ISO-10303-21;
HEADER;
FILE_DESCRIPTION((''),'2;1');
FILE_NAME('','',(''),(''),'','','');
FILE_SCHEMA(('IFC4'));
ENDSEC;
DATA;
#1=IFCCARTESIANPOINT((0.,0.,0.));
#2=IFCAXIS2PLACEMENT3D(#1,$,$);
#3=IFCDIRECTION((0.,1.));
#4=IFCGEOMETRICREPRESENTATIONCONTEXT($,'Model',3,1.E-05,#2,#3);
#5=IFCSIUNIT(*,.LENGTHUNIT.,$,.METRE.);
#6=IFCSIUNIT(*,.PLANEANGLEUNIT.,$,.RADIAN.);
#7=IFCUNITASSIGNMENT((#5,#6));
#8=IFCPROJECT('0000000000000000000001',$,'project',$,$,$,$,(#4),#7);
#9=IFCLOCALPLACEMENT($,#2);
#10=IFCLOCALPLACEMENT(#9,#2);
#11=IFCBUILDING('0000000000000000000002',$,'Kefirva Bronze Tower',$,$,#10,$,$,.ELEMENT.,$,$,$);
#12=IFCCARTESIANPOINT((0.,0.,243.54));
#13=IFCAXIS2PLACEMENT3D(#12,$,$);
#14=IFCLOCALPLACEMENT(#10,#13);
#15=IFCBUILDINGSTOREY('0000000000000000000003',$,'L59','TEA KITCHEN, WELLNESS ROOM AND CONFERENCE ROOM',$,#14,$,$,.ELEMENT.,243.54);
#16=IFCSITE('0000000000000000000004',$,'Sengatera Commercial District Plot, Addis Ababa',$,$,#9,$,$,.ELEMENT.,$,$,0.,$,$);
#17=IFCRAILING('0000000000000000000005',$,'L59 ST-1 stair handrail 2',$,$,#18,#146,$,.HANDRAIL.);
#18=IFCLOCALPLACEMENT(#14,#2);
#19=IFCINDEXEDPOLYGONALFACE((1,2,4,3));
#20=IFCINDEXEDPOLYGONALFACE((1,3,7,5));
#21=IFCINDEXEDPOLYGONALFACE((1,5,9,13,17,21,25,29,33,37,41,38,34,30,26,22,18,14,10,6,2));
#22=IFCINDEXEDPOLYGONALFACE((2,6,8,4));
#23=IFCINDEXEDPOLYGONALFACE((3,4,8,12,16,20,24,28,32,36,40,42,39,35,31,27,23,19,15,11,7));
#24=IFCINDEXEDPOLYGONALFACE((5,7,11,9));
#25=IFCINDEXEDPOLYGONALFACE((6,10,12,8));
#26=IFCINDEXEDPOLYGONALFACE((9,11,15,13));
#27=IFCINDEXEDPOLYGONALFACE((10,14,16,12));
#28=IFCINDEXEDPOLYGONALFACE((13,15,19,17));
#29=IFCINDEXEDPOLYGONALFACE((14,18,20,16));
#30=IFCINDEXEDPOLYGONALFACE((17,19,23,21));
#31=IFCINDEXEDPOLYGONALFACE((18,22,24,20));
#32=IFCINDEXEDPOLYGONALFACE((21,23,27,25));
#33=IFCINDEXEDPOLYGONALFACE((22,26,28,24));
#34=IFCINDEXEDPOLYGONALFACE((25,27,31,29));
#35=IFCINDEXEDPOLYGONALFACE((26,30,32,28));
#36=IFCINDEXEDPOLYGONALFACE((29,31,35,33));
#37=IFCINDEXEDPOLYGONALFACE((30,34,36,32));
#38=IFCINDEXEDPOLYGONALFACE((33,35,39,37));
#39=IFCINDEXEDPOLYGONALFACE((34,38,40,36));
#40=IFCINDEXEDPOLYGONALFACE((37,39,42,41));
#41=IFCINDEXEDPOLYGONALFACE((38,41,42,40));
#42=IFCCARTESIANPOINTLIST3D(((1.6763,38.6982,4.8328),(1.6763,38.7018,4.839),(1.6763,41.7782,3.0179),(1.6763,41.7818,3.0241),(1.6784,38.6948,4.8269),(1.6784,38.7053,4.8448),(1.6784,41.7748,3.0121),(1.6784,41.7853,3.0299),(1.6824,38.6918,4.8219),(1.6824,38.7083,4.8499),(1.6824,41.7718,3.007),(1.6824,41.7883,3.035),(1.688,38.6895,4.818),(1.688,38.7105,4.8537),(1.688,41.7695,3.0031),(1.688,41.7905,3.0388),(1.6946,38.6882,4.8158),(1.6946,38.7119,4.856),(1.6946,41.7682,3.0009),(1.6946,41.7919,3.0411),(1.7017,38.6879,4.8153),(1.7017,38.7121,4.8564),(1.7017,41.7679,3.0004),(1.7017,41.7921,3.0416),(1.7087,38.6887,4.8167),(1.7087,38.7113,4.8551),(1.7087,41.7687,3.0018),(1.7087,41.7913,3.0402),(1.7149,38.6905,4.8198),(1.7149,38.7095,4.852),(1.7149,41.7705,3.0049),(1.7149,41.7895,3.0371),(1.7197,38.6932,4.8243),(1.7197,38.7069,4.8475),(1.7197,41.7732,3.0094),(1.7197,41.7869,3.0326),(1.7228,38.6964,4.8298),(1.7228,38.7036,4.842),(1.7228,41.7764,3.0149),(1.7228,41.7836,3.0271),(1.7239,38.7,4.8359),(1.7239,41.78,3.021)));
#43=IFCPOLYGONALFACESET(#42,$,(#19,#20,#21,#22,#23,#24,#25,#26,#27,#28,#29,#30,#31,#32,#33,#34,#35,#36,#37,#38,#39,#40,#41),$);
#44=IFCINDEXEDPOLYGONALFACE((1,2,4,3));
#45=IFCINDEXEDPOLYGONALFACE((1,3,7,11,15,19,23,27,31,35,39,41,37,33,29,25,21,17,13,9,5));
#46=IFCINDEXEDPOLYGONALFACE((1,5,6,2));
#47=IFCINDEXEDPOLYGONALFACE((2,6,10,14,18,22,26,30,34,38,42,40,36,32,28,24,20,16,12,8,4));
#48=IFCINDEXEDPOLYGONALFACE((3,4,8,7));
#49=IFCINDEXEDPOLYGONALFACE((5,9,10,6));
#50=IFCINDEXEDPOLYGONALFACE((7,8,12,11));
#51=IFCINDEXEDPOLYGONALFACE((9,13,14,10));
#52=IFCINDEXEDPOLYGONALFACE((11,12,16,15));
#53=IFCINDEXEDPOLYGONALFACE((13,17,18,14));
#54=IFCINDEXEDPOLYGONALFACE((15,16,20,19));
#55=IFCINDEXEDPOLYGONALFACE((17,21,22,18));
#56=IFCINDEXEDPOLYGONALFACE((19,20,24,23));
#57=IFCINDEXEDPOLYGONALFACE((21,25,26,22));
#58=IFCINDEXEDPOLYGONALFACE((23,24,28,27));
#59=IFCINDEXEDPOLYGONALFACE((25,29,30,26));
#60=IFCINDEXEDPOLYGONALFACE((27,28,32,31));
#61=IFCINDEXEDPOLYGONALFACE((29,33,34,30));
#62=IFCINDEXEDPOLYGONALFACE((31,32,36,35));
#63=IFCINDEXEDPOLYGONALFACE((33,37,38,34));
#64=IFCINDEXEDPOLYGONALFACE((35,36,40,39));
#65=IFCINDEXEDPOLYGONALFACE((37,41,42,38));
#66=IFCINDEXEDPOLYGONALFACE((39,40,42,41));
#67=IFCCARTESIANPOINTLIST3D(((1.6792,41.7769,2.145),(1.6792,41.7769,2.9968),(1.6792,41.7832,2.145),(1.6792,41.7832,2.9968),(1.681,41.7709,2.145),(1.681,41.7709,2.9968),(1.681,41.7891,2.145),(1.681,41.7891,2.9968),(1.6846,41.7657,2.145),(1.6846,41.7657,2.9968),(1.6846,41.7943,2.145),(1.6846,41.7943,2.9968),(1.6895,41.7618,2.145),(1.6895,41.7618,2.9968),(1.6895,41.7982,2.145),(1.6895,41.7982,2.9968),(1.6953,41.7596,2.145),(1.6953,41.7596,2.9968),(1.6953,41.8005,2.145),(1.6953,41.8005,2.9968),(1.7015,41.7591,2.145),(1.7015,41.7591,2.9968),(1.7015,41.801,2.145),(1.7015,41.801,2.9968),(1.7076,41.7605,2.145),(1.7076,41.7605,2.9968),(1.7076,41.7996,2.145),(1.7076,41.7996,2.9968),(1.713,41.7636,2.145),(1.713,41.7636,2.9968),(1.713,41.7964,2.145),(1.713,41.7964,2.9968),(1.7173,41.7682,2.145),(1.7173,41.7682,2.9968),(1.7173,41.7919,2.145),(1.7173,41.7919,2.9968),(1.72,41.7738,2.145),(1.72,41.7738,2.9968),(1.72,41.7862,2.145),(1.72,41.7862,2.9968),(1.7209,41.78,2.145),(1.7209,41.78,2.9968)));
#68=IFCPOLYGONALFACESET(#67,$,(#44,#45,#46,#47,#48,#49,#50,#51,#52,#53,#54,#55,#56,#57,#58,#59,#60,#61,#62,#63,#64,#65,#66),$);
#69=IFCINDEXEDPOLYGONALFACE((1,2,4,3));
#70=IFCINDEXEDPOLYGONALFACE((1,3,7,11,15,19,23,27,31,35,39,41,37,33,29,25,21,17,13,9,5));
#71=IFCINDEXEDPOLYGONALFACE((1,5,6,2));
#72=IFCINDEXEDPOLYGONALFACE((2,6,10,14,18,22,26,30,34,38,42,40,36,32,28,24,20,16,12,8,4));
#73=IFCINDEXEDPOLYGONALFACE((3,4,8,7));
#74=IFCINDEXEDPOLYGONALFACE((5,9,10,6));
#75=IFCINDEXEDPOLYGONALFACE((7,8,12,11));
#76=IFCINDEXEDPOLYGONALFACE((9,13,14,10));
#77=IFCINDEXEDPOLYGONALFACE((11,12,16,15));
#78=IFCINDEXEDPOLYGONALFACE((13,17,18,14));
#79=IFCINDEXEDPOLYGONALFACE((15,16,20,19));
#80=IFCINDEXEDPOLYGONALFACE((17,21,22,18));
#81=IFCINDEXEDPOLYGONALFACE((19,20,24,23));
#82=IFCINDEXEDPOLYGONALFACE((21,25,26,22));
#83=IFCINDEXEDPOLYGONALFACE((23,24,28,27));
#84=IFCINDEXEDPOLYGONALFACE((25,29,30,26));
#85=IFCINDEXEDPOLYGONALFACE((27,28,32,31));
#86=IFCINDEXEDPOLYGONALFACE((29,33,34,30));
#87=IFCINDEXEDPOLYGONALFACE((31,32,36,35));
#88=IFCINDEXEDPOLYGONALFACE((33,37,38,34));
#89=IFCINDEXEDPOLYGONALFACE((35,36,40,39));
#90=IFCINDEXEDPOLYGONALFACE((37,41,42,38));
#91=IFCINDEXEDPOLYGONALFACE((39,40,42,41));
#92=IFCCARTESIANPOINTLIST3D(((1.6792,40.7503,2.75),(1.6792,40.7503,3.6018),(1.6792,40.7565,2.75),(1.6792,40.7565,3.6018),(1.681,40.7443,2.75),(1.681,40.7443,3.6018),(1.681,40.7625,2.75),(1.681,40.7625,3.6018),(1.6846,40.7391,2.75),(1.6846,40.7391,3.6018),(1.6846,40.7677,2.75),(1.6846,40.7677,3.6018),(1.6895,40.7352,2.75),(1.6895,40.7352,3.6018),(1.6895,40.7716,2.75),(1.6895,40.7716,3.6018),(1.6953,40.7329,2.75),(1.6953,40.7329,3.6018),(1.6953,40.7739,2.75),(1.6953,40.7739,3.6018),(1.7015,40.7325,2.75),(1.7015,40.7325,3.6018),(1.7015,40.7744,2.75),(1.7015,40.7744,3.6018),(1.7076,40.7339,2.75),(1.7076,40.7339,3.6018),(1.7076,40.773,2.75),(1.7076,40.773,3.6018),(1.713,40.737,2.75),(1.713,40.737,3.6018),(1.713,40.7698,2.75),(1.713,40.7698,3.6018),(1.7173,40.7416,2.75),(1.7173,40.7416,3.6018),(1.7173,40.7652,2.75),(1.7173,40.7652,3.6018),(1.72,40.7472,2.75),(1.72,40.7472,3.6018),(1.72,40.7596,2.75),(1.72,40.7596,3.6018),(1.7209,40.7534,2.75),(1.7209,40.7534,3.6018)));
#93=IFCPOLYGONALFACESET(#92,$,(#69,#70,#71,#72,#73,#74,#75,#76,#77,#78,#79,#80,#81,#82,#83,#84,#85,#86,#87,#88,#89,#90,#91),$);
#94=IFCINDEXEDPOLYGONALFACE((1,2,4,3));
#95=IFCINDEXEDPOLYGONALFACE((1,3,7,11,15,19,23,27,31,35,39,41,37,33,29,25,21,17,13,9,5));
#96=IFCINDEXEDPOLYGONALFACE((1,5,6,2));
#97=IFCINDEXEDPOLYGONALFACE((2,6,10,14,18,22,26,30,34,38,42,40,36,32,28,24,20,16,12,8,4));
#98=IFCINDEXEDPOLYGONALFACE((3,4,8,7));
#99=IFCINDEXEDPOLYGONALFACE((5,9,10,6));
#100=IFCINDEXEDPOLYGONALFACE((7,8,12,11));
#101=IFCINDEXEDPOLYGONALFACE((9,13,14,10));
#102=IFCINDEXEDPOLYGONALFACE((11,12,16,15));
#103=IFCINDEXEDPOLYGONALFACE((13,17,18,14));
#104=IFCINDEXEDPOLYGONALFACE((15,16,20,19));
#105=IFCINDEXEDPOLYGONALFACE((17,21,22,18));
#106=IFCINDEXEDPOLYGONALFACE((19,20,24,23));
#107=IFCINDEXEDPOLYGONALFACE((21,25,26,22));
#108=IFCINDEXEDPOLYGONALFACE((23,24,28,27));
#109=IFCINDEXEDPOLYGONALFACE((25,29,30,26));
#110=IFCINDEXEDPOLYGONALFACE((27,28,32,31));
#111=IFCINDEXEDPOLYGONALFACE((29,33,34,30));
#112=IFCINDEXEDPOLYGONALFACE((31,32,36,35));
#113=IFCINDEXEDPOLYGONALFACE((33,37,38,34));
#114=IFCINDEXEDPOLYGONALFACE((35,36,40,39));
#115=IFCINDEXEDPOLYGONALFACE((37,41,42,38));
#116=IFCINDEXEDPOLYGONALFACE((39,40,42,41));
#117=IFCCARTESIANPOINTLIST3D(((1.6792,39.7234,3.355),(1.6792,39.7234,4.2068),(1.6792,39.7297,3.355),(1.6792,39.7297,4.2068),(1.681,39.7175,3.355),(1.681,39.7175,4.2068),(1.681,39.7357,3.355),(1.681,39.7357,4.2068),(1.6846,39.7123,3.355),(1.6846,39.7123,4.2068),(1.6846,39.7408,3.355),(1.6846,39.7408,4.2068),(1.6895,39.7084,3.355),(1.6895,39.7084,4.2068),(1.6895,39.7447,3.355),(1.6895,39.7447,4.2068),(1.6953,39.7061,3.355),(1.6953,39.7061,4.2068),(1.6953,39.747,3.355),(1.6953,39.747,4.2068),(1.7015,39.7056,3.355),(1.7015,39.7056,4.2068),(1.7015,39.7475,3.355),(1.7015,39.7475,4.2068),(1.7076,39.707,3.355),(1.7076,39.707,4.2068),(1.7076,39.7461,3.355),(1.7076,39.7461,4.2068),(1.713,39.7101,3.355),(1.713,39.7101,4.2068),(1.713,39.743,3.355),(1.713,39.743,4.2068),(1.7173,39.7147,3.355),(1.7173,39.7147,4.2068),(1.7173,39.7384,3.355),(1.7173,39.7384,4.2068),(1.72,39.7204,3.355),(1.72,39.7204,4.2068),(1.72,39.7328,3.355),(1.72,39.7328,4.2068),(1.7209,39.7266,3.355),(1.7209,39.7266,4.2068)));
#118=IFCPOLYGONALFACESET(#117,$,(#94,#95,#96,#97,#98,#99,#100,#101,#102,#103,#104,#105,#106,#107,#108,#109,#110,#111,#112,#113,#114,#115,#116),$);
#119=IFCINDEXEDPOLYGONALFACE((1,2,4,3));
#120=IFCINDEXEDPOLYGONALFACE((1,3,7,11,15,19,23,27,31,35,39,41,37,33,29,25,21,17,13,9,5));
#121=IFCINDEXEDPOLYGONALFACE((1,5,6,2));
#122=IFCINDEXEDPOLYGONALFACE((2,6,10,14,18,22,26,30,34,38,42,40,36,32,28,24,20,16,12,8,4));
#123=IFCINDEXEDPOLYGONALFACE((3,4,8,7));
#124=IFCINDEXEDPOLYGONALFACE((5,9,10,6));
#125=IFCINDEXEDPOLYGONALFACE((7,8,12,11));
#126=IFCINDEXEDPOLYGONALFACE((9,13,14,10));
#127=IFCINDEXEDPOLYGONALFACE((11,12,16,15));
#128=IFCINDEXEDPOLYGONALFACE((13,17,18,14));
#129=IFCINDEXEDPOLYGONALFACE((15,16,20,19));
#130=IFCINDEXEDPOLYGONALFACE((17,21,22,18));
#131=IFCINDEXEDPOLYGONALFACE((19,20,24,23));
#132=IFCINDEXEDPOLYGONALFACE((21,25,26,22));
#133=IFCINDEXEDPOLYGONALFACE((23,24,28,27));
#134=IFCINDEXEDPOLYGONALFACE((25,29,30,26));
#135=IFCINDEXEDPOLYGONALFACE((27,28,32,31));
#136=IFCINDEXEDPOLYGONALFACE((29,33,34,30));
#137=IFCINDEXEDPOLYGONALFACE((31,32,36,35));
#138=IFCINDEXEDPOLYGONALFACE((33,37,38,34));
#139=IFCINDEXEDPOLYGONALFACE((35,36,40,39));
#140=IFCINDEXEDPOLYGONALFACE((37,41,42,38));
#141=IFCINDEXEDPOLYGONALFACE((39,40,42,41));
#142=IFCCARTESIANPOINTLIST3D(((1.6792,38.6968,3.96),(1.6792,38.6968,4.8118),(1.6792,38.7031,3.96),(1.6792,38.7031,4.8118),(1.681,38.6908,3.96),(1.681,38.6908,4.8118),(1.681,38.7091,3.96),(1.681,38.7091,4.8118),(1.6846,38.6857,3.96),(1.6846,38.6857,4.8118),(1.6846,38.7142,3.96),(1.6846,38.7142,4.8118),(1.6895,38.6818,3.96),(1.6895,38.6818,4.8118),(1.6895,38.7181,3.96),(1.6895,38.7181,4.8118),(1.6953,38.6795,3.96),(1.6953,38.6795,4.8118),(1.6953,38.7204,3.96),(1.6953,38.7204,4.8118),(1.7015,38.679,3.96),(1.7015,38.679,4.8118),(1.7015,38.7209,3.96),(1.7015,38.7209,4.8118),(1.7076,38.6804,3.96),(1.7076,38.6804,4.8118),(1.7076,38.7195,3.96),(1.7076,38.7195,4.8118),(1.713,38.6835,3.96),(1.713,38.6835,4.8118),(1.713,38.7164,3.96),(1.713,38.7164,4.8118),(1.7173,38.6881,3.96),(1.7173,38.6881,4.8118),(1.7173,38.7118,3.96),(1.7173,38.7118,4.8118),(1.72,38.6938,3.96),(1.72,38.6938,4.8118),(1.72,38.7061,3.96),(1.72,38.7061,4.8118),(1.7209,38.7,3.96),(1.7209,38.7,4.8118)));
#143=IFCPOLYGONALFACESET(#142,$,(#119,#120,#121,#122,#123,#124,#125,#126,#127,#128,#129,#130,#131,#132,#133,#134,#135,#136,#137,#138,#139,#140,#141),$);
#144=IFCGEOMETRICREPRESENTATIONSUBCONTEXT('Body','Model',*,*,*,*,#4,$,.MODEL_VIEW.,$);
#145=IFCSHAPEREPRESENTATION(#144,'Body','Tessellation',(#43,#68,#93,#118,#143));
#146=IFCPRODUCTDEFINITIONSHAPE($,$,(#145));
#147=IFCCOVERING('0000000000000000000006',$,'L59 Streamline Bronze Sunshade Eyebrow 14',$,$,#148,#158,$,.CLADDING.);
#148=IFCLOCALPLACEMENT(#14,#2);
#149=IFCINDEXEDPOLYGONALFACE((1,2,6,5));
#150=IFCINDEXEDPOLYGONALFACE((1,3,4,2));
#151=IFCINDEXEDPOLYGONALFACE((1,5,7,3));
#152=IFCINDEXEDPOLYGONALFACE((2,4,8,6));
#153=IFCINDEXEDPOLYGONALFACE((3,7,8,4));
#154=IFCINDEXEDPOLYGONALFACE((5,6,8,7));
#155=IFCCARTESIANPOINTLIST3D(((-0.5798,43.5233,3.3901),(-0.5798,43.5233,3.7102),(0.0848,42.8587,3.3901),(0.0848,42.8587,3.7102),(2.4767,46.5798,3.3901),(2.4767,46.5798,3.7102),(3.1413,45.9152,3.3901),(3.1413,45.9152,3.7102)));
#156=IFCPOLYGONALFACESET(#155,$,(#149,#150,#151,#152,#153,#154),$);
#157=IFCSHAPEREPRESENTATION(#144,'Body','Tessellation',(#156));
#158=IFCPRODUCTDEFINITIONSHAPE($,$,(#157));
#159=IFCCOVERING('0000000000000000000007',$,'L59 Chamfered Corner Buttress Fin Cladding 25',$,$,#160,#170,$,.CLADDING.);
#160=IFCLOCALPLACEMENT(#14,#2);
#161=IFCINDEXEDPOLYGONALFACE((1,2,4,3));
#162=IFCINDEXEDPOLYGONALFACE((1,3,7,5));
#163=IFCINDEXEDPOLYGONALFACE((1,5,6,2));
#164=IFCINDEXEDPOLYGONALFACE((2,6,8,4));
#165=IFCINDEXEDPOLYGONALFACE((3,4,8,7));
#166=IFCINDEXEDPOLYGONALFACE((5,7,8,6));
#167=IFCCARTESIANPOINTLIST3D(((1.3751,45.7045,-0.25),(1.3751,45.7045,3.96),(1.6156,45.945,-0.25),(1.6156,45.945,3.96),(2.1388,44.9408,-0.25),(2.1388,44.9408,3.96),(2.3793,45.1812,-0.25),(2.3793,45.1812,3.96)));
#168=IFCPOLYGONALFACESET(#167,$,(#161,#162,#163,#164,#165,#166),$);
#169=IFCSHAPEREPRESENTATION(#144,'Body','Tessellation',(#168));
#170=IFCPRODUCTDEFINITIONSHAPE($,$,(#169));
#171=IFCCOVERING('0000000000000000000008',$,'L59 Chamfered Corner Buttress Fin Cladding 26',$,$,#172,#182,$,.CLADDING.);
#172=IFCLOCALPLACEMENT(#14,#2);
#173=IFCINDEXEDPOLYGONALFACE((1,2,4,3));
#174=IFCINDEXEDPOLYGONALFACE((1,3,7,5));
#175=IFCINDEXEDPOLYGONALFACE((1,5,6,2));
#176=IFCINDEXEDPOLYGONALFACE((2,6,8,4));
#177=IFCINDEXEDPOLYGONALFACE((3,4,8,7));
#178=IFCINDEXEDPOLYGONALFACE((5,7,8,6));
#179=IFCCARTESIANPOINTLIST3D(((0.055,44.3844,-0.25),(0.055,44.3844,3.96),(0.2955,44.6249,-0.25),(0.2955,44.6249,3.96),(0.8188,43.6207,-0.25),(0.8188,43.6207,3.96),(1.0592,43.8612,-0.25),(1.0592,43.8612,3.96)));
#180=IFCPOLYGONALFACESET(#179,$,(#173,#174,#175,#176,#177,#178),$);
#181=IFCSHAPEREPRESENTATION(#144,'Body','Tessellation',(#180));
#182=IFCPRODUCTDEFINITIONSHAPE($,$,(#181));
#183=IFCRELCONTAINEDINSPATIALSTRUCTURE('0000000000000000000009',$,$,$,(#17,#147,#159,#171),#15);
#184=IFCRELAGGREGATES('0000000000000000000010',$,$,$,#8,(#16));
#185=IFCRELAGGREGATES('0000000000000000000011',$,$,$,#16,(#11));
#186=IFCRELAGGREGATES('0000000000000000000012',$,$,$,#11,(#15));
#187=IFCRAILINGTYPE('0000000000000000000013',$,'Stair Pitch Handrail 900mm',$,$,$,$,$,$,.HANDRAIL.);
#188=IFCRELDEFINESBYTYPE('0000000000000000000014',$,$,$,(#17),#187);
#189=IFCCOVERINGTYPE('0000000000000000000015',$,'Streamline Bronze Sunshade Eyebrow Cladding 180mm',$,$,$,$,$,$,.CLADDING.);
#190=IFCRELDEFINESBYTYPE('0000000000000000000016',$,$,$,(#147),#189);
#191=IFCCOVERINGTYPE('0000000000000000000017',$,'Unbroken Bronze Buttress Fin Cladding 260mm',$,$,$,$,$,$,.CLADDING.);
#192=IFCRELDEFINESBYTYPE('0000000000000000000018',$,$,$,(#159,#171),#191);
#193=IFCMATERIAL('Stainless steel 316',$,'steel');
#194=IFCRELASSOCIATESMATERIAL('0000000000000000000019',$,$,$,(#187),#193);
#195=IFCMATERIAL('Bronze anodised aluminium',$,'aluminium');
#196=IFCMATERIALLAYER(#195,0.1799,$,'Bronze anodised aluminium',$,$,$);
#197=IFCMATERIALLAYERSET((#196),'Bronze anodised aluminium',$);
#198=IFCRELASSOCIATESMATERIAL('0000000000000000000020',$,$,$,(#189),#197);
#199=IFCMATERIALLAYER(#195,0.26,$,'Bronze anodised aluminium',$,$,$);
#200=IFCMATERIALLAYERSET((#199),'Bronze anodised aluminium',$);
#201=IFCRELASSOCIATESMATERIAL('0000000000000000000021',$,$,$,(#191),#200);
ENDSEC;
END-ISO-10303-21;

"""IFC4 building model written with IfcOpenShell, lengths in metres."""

from ifc_helpers import new_model, si_unit, direction, frame, origin, origin_2d, place, context, subcontext, project, spatial, rectangle, circle, extrude, material, layer, layer_set, type_object, element, save


model = new_model("IFC4")

# Units and contexts
model_context = context("Model", 3, precision=1e-05, world=origin(), true_north=direction((0.0, 1.0)))
body_context = subcontext(model_context, "Body", "Model", "MODEL_VIEW")
ifc_project = project(units=[si_unit("LENGTHUNIT", "METRE"), si_unit("PLANEANGLEUNIT", "RADIAN")], contexts=[model_context])

# Site, building, storey
site_placement = place(None, origin())
site = spatial("IfcSite", under=ifc_project, at=site_placement, Name="Sengatera Commercial District Plot, Addis Ababa", CompositionType="ELEMENT", RefElevation=0.0)
building_placement = place(site_placement, origin())
building = spatial("IfcBuilding", under=site, at=building_placement, Name="Kefirva Bronze Tower", CompositionType="ELEMENT")
storey_placement = place(building_placement, frame((0.0, 0.0, 243.54)))
storey = spatial("IfcBuildingStorey", under=building, at=storey_placement, Name="L59", Description="TEA KITCHEN, WELLNESS ROOM AND CONFERENCE ROOM", CompositionType="ELEMENT", Elevation=243.54)

# Shared definitions
ifc_material_1 = material(Name="Bronze anodised aluminium", Category="aluminium")

# Railing
ifc_material_2 = material(Name="Stainless steel 316", Category="steel")
railing_type_1 = type_object("IfcRailingType", Name="Stair Pitch Handrail 900mm", PredefinedType="HANDRAIL", material=ifc_material_2)
railing_1_placement = place(storey_placement, frame((1.7, 41.78, 2.145)))
element("IfcRailing", 1, at=railing_1_placement, inside=storey, type_object=railing_type_1, Name="L59 ST-1 stair handrail 2", PredefinedType="HANDRAIL", context=body_context, shape_type="SweptSolid", body=[
    extrude(circle(Radius=0.0239, at=origin_2d()), frame((0.0, 0.0, 0.876), z_axis=(0.0, -0.861551, 0.507671), x_axis=(1.0, 0.0, 0.0)), (0.0, 0.0, 1.0), 3.575),
    extrude(circle(Radius=0.021, at=origin_2d()), origin(), (0.0, 0.0, 1.0), 0.8518),
    extrude(circle(Radius=0.021, at=origin_2d()), frame((0.0, -1.0266, 0.605)), (0.0, 0.0, 1.0), 0.8518),
    extrude(circle(Radius=0.021, at=origin_2d()), frame((0.0, -2.0535, 1.21)), (0.0, 0.0, 1.0), 0.8518),
    extrude(circle(Radius=0.021, at=origin_2d()), frame((0.0, -3.0801, 1.8149)), (0.0, 0.0, 1.0), 0.8518),
])

# Coverings
ifc_layer_1 = layer(ifc_material_1, 0.1799, Name="Bronze anodised aluminium")
ifc_layer_set_1 = layer_set([ifc_layer_1], Name="Bronze anodised aluminium")
covering_type_1 = type_object("IfcCoveringType", Name="Streamline Bronze Sunshade Eyebrow Cladding 180mm", PredefinedType="CLADDING", material=ifc_layer_set_1)
covering_1_placement = place(storey_placement, frame((1.2808, 44.7192, 3.3901), z_axis=(0.0, 0.0, 1.0), x_axis=(-0.707107, -0.707107, 0.0)))
element("IfcCovering", 2, at=covering_1_placement, inside=storey, type_object=covering_type_1, Name="L59 Streamline Bronze Sunshade Eyebrow 14", PredefinedType="CLADDING", context=body_context, shape_type="SweptSolid", body=[
    extrude(rectangle(XDim=4.3225, YDim=0.9399, at=origin_2d()), origin(), (0.0, 0.0, 1.0), 0.3201),
])
ifc_layer_2 = layer(ifc_material_1, 0.26, Name="Bronze anodised aluminium")
ifc_layer_set_2 = layer_set([ifc_layer_2], Name="Bronze anodised aluminium")
covering_type_2 = type_object("IfcCoveringType", Name="Unbroken Bronze Buttress Fin Cladding 260mm", PredefinedType="CLADDING", material=ifc_layer_set_2)
for number, where, z_axis, x_axis, name in (
    (3, (1.8772, 45.4429, -0.25), (0.0, 0.0, 1.0), (-0.707107, -0.707107, 0.0), "L59 Chamfered Corner Buttress Fin Cladding 25"),
    (4, (0.5571, 44.1228, -0.25), (0.0, 0.0, 1.0), (-0.707107, -0.707107, 0.0), "L59 Chamfered Corner Buttress Fin Cladding 26"),
):
    element("IfcCovering", number, at=place(storey_placement, frame(where, z_axis=z_axis, x_axis=x_axis)), inside=storey, type_object=covering_type_2, Name=name, PredefinedType="CLADDING", context=body_context, shape_type="SweptSolid", body=[
        extrude(rectangle(XDim=0.3401, YDim=1.0801, at=origin_2d()), origin(), (0.0, 0.0, 1.0), 4.21),
    ])

save(model, "model.ifc")
